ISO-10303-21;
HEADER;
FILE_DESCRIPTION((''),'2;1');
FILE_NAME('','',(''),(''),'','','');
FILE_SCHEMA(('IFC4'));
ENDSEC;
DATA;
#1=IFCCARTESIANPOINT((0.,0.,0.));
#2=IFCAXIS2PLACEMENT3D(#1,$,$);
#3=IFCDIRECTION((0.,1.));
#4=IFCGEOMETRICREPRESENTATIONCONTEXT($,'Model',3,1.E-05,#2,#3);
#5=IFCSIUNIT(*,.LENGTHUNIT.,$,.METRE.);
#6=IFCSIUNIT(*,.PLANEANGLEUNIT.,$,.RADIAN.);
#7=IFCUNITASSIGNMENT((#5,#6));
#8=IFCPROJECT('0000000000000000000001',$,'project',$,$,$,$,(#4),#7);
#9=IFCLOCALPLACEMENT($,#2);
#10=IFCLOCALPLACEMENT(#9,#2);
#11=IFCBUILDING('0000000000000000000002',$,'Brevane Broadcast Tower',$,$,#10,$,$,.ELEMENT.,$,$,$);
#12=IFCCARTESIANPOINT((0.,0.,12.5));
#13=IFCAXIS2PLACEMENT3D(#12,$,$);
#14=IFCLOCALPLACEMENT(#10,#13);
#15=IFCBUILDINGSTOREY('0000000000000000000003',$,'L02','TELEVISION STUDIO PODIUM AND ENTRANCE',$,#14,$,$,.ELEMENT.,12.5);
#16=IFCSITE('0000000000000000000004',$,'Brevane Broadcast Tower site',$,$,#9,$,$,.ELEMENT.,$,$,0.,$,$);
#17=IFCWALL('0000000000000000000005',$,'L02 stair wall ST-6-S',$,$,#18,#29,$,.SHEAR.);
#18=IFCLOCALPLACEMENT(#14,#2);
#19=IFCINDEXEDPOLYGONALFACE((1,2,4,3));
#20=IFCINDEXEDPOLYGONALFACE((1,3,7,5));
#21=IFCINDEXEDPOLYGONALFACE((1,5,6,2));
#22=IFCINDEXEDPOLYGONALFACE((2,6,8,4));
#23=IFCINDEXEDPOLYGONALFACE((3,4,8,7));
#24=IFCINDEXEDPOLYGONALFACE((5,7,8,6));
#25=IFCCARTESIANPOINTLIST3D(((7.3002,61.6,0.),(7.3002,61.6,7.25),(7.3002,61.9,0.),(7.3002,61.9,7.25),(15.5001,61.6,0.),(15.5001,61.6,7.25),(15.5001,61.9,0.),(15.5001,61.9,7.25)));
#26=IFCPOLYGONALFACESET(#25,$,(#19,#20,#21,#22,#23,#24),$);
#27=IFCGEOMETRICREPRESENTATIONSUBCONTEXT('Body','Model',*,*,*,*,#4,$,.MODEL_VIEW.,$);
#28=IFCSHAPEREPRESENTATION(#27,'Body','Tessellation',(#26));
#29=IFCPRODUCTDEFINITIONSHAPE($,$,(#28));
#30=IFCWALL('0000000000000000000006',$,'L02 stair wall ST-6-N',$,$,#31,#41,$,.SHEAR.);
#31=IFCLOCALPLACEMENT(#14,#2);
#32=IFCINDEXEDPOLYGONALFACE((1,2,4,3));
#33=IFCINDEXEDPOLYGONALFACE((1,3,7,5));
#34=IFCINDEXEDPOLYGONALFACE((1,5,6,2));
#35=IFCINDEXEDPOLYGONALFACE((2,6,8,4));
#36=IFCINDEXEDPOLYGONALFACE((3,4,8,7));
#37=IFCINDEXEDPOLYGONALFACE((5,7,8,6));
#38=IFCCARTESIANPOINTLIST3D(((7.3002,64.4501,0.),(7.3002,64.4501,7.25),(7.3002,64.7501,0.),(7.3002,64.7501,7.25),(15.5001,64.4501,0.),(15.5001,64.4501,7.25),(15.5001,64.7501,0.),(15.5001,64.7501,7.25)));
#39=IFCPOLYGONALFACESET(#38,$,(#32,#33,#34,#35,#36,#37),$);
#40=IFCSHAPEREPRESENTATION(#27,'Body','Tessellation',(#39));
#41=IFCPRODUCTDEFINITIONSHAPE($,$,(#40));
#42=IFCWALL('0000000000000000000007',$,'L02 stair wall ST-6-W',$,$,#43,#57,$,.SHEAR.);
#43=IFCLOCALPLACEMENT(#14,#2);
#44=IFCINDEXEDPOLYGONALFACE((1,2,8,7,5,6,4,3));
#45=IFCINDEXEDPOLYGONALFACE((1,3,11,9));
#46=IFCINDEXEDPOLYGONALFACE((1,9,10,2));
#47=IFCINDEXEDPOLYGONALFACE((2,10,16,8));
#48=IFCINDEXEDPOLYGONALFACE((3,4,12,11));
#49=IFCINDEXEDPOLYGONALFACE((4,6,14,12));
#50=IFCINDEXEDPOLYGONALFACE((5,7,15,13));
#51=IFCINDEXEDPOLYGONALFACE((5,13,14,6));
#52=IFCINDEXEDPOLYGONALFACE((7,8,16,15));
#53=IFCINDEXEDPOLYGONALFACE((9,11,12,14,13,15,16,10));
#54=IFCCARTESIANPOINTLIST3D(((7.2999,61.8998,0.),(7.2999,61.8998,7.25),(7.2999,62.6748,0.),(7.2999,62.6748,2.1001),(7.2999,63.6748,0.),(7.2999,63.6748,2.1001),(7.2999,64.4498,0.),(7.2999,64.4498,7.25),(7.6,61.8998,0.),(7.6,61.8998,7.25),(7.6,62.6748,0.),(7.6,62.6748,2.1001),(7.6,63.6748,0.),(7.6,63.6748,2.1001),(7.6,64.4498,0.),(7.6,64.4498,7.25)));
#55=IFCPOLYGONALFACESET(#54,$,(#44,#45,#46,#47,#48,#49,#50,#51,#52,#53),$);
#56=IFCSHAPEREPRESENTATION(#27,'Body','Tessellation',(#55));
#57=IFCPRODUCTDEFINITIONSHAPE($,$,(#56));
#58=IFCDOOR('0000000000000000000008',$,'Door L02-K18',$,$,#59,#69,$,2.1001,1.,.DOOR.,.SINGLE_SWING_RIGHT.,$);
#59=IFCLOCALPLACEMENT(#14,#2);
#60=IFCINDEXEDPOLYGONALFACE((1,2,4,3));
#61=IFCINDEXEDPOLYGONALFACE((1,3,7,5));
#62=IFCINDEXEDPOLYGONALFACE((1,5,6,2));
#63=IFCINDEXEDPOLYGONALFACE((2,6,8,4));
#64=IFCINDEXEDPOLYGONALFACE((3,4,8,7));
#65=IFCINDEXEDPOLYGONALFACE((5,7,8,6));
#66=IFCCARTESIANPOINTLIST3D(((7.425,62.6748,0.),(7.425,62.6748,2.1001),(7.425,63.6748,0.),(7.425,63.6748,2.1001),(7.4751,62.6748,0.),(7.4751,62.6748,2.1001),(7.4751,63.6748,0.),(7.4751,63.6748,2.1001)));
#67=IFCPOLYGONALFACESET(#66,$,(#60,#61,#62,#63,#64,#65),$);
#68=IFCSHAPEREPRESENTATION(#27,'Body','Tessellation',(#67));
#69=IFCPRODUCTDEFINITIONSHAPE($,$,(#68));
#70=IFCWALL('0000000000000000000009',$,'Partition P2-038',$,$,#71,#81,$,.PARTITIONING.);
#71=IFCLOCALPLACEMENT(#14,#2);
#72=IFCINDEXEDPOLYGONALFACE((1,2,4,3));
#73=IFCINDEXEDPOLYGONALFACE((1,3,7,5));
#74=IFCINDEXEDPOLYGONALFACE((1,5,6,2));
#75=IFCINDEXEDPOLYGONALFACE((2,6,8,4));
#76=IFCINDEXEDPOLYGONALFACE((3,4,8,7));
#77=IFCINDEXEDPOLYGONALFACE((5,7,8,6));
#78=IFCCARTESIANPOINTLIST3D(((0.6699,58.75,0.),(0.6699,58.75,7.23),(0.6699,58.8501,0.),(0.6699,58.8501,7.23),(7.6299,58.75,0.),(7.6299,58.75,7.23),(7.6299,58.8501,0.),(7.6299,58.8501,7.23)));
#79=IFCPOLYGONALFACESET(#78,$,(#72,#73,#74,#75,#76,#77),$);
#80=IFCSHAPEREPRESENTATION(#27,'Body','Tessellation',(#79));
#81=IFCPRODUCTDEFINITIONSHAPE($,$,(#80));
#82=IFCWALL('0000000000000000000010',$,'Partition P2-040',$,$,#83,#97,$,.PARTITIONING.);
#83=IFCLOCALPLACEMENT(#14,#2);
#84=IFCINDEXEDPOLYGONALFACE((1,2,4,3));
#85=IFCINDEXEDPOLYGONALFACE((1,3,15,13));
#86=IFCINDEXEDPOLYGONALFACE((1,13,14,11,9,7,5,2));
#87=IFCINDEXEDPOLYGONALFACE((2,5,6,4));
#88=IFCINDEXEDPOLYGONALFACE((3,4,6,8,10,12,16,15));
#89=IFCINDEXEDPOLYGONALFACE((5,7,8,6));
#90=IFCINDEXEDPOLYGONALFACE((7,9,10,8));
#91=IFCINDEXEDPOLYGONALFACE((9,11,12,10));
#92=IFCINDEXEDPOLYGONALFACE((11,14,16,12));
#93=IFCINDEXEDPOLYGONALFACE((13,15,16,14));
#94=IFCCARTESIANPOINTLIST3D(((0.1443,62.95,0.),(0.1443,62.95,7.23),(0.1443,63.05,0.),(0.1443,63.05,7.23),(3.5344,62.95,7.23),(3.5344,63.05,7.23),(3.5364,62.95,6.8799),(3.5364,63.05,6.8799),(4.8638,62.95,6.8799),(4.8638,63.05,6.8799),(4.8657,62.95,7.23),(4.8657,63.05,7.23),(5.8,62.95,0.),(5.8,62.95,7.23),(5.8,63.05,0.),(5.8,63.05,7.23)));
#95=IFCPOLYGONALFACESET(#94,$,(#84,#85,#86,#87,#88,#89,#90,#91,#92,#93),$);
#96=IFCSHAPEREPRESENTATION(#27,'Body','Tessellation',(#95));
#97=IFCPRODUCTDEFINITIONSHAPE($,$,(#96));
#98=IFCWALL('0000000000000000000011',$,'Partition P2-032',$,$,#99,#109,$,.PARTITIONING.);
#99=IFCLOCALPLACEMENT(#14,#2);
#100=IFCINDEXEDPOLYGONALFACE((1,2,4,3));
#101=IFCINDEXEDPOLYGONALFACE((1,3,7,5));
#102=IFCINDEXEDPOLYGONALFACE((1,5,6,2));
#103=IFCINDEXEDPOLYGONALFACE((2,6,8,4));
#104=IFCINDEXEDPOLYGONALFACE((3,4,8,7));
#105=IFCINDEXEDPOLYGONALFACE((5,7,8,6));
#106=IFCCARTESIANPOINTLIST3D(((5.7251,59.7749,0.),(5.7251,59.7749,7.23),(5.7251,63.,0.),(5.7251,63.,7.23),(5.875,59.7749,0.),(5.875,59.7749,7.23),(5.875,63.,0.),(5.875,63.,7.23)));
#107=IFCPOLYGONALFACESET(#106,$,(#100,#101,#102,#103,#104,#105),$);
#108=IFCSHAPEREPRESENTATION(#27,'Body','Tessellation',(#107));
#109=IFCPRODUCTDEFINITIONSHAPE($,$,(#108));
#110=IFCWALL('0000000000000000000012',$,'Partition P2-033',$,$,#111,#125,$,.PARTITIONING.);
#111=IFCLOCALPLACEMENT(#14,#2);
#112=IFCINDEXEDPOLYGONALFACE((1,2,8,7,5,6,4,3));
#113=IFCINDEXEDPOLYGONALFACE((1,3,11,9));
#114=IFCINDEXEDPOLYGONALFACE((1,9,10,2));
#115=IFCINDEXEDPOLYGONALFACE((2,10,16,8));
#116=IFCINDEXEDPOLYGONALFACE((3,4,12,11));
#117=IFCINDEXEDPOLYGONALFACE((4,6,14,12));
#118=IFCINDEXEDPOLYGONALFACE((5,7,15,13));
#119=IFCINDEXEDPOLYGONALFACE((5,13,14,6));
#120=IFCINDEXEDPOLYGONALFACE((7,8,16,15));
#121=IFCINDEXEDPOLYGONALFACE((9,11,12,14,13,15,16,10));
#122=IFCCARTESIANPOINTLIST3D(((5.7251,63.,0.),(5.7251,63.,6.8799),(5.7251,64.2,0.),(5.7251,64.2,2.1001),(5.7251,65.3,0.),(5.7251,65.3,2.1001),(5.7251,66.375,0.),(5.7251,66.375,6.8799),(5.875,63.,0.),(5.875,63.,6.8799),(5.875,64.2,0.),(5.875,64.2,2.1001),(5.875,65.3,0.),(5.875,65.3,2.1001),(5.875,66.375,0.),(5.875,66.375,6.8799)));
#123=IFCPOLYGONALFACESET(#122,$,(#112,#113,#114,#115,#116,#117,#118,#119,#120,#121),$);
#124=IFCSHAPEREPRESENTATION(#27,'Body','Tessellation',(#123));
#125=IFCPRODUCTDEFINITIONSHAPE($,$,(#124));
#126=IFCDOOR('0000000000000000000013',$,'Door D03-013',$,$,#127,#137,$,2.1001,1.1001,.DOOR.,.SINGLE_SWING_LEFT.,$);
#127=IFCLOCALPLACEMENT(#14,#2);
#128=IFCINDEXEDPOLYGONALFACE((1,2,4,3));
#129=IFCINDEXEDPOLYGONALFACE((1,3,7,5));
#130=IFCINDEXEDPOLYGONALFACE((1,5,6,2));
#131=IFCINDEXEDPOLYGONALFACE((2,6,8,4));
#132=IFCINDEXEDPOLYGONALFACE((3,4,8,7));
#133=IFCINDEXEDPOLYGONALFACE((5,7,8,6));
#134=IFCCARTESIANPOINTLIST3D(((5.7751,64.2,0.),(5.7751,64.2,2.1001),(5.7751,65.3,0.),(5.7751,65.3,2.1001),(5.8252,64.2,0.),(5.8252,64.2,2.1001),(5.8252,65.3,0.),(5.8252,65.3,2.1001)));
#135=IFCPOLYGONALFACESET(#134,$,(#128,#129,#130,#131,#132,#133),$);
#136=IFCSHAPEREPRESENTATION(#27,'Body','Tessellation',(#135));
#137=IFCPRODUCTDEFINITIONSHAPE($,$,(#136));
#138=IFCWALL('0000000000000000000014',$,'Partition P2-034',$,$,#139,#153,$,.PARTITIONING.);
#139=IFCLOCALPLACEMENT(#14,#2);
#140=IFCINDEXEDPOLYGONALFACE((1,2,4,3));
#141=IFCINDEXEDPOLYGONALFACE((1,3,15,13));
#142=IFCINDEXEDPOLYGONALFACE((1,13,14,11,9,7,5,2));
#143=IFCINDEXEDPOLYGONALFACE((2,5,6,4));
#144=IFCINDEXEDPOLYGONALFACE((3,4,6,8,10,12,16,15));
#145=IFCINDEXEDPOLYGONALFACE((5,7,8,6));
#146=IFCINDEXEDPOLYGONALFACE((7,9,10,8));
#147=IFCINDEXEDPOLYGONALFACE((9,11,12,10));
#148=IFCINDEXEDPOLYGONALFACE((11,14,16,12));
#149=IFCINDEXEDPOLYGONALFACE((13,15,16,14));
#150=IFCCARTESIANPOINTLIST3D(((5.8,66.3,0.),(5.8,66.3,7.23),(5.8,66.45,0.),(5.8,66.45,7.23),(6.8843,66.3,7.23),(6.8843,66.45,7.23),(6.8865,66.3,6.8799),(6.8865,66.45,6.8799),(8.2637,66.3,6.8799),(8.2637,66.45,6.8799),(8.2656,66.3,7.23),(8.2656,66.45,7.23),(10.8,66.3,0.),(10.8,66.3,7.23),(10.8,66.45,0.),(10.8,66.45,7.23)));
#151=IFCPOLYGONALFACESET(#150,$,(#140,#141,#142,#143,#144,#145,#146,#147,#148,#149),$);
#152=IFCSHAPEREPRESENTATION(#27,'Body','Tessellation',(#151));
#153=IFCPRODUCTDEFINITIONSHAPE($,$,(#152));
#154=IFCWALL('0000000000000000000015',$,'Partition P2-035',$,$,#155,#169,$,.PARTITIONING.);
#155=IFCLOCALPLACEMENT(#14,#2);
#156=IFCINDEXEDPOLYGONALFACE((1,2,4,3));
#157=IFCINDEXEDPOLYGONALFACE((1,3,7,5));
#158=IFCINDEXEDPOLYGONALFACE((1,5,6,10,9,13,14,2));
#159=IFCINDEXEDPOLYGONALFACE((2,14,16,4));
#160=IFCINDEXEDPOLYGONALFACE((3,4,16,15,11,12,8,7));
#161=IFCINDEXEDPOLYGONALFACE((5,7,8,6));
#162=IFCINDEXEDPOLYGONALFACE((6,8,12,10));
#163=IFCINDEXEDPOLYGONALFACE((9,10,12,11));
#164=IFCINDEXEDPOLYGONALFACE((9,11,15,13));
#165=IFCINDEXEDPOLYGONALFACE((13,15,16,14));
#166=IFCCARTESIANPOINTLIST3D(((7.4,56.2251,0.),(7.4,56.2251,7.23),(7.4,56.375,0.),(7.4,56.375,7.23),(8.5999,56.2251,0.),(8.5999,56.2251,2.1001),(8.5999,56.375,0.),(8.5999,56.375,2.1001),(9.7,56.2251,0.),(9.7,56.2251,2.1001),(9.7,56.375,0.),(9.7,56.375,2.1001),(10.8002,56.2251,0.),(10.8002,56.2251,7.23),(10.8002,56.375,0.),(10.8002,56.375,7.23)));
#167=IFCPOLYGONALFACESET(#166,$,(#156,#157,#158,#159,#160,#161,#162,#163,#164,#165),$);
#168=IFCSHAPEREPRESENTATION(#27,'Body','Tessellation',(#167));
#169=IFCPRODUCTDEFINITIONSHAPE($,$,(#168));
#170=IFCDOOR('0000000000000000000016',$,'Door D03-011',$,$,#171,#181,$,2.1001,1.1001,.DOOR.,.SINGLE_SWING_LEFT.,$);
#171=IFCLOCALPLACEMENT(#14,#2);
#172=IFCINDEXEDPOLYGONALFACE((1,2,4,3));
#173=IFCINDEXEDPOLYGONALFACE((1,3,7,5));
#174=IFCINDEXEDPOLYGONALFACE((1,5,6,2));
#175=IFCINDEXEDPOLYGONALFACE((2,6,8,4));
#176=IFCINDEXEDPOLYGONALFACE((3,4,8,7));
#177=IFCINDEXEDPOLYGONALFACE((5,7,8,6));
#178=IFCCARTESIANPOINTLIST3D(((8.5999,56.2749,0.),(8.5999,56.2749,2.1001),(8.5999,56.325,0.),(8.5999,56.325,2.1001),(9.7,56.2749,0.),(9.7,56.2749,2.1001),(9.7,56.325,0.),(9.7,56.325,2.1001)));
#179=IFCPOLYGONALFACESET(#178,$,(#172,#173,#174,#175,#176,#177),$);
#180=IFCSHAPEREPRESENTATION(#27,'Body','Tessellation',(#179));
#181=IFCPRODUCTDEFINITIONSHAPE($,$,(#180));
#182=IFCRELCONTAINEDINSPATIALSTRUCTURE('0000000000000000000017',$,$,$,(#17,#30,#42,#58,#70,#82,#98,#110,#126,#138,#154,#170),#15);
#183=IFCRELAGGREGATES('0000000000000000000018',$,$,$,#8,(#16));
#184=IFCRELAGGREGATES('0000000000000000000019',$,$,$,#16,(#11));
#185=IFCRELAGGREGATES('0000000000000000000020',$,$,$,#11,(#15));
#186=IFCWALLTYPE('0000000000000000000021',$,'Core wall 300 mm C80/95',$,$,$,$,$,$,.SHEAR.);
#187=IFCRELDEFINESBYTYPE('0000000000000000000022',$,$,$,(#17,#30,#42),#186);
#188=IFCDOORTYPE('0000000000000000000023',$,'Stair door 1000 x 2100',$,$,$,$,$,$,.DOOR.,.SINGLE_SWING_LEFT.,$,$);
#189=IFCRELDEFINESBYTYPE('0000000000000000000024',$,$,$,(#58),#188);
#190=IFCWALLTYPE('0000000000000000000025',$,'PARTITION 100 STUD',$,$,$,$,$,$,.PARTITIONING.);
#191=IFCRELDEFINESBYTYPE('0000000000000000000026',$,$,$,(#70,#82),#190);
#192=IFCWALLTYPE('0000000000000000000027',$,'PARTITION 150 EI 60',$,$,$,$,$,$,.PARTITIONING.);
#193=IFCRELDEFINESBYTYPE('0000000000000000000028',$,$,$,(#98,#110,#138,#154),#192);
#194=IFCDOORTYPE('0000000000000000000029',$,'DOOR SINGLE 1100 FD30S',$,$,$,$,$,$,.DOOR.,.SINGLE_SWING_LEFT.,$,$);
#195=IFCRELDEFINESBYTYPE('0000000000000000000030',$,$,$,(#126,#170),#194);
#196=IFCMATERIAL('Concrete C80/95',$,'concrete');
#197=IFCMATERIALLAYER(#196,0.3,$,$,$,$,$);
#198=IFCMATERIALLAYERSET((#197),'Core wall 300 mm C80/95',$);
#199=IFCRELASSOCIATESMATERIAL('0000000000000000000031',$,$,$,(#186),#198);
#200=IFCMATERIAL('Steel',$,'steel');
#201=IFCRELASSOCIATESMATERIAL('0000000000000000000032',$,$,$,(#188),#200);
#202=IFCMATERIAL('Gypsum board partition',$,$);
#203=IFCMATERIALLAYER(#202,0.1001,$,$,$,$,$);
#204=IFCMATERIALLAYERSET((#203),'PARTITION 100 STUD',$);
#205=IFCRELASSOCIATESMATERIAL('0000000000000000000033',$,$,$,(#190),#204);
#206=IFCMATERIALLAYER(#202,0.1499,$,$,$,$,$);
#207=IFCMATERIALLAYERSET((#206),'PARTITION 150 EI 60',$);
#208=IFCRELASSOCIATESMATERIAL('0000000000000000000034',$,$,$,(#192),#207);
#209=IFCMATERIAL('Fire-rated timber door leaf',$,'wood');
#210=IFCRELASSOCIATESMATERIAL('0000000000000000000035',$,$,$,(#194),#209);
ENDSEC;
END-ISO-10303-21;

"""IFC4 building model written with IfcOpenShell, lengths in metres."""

from ifc_helpers import new_model, si_unit, direction, frame, frame_2d, origin, place, context, subcontext, project, spatial, polyline, rectangle, outline, extrude, material, layer, layer_set, type_object, element, fill, save


model = new_model("IFC4")

# Units and contexts
model_context = context("Model", 3, precision=1e-05, world=origin(), true_north=direction((0.0, 1.0)))
body_context = subcontext(model_context, "Body", "Model", "MODEL_VIEW")
ifc_project = project(units=[si_unit("LENGTHUNIT", "METRE"), si_unit("PLANEANGLEUNIT", "RADIAN")], contexts=[model_context])

# Site, building, storey
site_placement = place(None, origin())
site = spatial("IfcSite", under=ifc_project, at=site_placement, Name="Brevane Broadcast Tower site", CompositionType="ELEMENT", RefElevation=0.0)
building_placement = place(site_placement, origin())
building = spatial("IfcBuilding", under=site, at=building_placement, Name="Brevane Broadcast Tower", CompositionType="ELEMENT")
storey_placement = place(building_placement, frame((0.0, 0.0, 12.5)))
storey = spatial("IfcBuildingStorey", under=building, at=storey_placement, Name="L02", Description="TELEVISION STUDIO PODIUM AND ENTRANCE", CompositionType="ELEMENT", Elevation=12.5)

# Shared definitions
ifc_material_1 = material(Name="Concrete C80/95", Category="concrete")

# Walls
ifc_layer_1 = layer(ifc_material_1, 0.3)
ifc_layer_set_1 = layer_set([ifc_layer_1], Name="Core wall 300 mm C80/95")
wall_type_1 = type_object("IfcWallType", Name="Core wall 300 mm C80/95", PredefinedType="SHEAR", material=ifc_layer_set_1)
for number, where, z_axis, x_axis, name in (
    (1, (7.3, 61.75, 0.0), (0.0, 0.0, 1.0), (1.0, 0.0, 0.0), "L02 stair wall ST-6-S"),
    (2, (7.3, 64.6001, 0.0), (0.0, 0.0, 1.0), (1.0, 0.0, 0.0), "L02 stair wall ST-6-N"),
):
    element("IfcWall", number, at=place(storey_placement, frame(where, z_axis=z_axis, x_axis=x_axis)), inside=storey, type_object=wall_type_1, Name=name, PredefinedType="SHEAR", context=body_context, shape_type="SweptSolid", body=[
        extrude(rectangle(XDim=8.2, YDim=0.3, at=frame_2d((4.1001, 0.0))), origin(), (0.0, 0.0, 1.0), 7.25),
    ])

# Wall, opening, door
wall_1_placement = place(storey_placement, frame((7.45, 61.8999, 0.0), z_axis=(0.0, 0.0, 1.0), x_axis=(0.0, 1.0, 0.0)))
wall_1 = element("IfcWall", 3, at=wall_1_placement, inside=storey, type_object=wall_type_1, Name="L02 stair wall ST-6-W", PredefinedType="SHEAR", context=body_context, shape_type="SweptSolid", body=[
    extrude(rectangle(XDim=2.55, YDim=0.3, at=frame_2d((1.2749, 0.0))), origin(), (0.0, 0.0, 1.0), 7.25),
])
opening_1_placement = place(wall_1_placement, frame((0.7749, 0.0, 0.0)))
opening_1 = element("IfcOpeningElement", 4, at=opening_1_placement, cuts=wall_1, PredefinedType="OPENING", context=body_context, shape_type="SweptSolid", body=[
    extrude(rectangle(XDim=1.0, YDim=2.1001, at=frame_2d((0.5, 1.05))), frame((0.0, 0.1599, 0.0), z_axis=(0.0, -1.0, 0.0), x_axis=(1.0, 0.0, 0.0)), (0.0, 0.0, 1.0), 0.3201),
])
ifc_material_2 = material(Name="Steel", Category="steel")
door_type_1 = type_object("IfcDoorType", Name="Stair door 1000 x 2100", OperationType="SINGLE_SWING_LEFT", PredefinedType="DOOR", material=ifc_material_2)
door_1_placement = place(opening_1_placement, origin())
door_1 = element("IfcDoor", 5, at=door_1_placement, inside=storey, type_object=door_type_1, Name="Door L02-K18", OperationType="SINGLE_SWING_RIGHT", OverallHeight=2.1001, OverallWidth=1.0, PredefinedType="DOOR", context=body_context, shape_type="SweptSolid", body=[
    extrude(rectangle(XDim=1.0, YDim=2.1001, at=frame_2d((0.5, 1.05))), frame((0.0, 0.0249, 0.0), z_axis=(0.0, -1.0, 0.0), x_axis=(1.0, 0.0, 0.0)), (0.0, 0.0, 1.0), 0.05),
])
fill(opening_1, door_1)

# Walls
ifc_material_3 = material(Name="Gypsum board partition")
ifc_layer_2 = layer(ifc_material_3, 0.1001)
ifc_layer_set_2 = layer_set([ifc_layer_2], Name="PARTITION 100 STUD")
wall_type_2 = type_object("IfcWallType", Name="PARTITION 100 STUD", PredefinedType="PARTITIONING", material=ifc_layer_set_2)
wall_2_placement = place(storey_placement, frame((0.6699, 58.8, 0.0), z_axis=(0.0, 0.0, 1.0), x_axis=(1.0, 0.0, 0.0)))
element("IfcWall", 6, at=wall_2_placement, inside=storey, type_object=wall_type_2, Name="Partition P2-038", PredefinedType="PARTITIONING", context=body_context, shape_type="SweptSolid", body=[
    extrude(rectangle(XDim=6.96, YDim=0.1001, at=frame_2d((3.48, 0.0))), origin(), (0.0, 0.0, 1.0), 7.23),
])
wall_3_placement = place(storey_placement, frame((0.1443, 63.0, 0.0), z_axis=(0.0, 0.0, 1.0), x_axis=(1.0, 0.0, 0.0)))
element("IfcWall", 7, at=wall_3_placement, inside=storey, type_object=wall_type_2, Name="Partition P2-040", PredefinedType="PARTITIONING", context=body_context, shape_type="SweptSolid", body=[
    extrude(outline(polyline([(0.0, 0.0), (5.6558, 0.0), (5.6558, 7.23), (4.7214, 7.23), (4.7195, 6.8799), (3.3921, 6.8799), (3.3901, 7.23), (0.0, 7.23), (0.0, 0.0)])), frame((0.0, 0.05, 0.0), z_axis=(0.0, -1.0, 0.0), x_axis=(1.0, 0.0, 0.0)), (0.0, 0.0, 1.0), 0.1001),
])
ifc_layer_3 = layer(ifc_material_3, 0.1499)
ifc_layer_set_3 = layer_set([ifc_layer_3], Name="PARTITION 150 EI 60")
wall_type_3 = type_object("IfcWallType", Name="PARTITION 150 EI 60", PredefinedType="PARTITIONING", material=ifc_layer_set_3)
wall_4_placement = place(storey_placement, frame((5.8, 59.7749, 0.0), z_axis=(0.0, 0.0, 1.0), x_axis=(0.0, 1.0, 0.0)))
element("IfcWall", 8, at=wall_4_placement, inside=storey, type_object=wall_type_3, Name="Partition P2-032", PredefinedType="PARTITIONING", context=body_context, shape_type="SweptSolid", body=[
    extrude(rectangle(XDim=3.2251, YDim=0.1499, at=frame_2d((1.6125, 0.0))), origin(), (0.0, 0.0, 1.0), 7.23),
])

# Wall, opening, door
wall_5_placement = place(storey_placement, frame((5.8, 63.0, 0.0), z_axis=(0.0, 0.0, 1.0), x_axis=(0.0, 1.0, 0.0)))
wall_5 = element("IfcWall", 9, at=wall_5_placement, inside=storey, type_object=wall_type_3, Name="Partition P2-033", PredefinedType="PARTITIONING", context=body_context, shape_type="SweptSolid", body=[
    extrude(rectangle(XDim=3.375, YDim=0.1499, at=frame_2d((1.6875, 0.0))), origin(), (0.0, 0.0, 1.0), 6.8799),
])
opening_2_placement = place(wall_5_placement, frame((1.2, 0.0, 0.0)))
opening_2 = element("IfcOpeningElement", 10, at=opening_2_placement, cuts=wall_5, PredefinedType="OPENING", context=body_context, shape_type="SweptSolid", body=[
    extrude(rectangle(XDim=1.1001, YDim=2.1001, at=frame_2d((0.55, 1.05))), frame((0.0, 0.085, 0.0), z_axis=(0.0, -1.0, 0.0), x_axis=(1.0, 0.0, 0.0)), (0.0, 0.0, 1.0), 0.1699),
])
ifc_material_4 = material(Name="Fire-rated timber door leaf", Category="wood")
door_type_2 = type_object("IfcDoorType", Name="DOOR SINGLE 1100 FD30S", OperationType="SINGLE_SWING_LEFT", PredefinedType="DOOR", material=ifc_material_4)
door_2_placement = place(opening_2_placement, origin())
door_2 = element("IfcDoor", 11, at=door_2_placement, inside=storey, type_object=door_type_2, Name="Door D03-013", OperationType="SINGLE_SWING_LEFT", OverallHeight=2.1001, OverallWidth=1.1001, PredefinedType="DOOR", context=body_context, shape_type="SweptSolid", body=[
    extrude(rectangle(XDim=1.1001, YDim=2.1001, at=frame_2d((0.55, 1.05))), frame((0.0, 0.0249, 0.0), z_axis=(0.0, -1.0, 0.0), x_axis=(1.0, 0.0, 0.0)), (0.0, 0.0, 1.0), 0.05),
])
fill(opening_2, door_2)

# Wall
wall_6_placement = place(storey_placement, frame((5.8, 66.375, 0.0), z_axis=(0.0, 0.0, 1.0), x_axis=(1.0, 0.0, 0.0)))
element("IfcWall", 12, at=wall_6_placement, inside=storey, type_object=wall_type_3, Name="Partition P2-034", PredefinedType="PARTITIONING", context=body_context, shape_type="SweptSolid", body=[
    extrude(outline(polyline([(0.0, 0.0), (5.0, 0.0), (5.0, 7.23), (2.4656, 7.23), (2.4636, 6.8799), (1.0864, 6.8799), (1.0842, 7.23), (0.0, 7.23), (0.0, 0.0)])), frame((0.0, 0.075, 0.0), z_axis=(0.0, -1.0, 0.0), x_axis=(1.0, 0.0, 0.0)), (0.0, 0.0, 1.0), 0.1499),
])

# Wall, opening, door
wall_7_placement = place(storey_placement, frame((7.3999, 56.3, 0.0), z_axis=(0.0, 0.0, 1.0), x_axis=(1.0, 0.0, 0.0)))
wall_7 = element("IfcWall", 13, at=wall_7_placement, inside=storey, type_object=wall_type_3, Name="Partition P2-035", PredefinedType="PARTITIONING", context=body_context, shape_type="SweptSolid", body=[
    extrude(rectangle(XDim=3.4001, YDim=0.1499, at=frame_2d((1.7002, 0.0))), origin(), (0.0, 0.0, 1.0), 7.23),
])
opening_3_placement = place(wall_7_placement, frame((1.2, 0.0, 0.0)))
opening_3 = element("IfcOpeningElement", 14, at=opening_3_placement, cuts=wall_7, PredefinedType="OPENING", context=body_context, shape_type="SweptSolid", body=[
    extrude(rectangle(XDim=1.1001, YDim=2.1001, at=frame_2d((0.55, 1.05))), frame((0.0, 0.085, 0.0), z_axis=(0.0, -1.0, 0.0), x_axis=(1.0, 0.0, 0.0)), (0.0, 0.0, 1.0), 0.1699),
])
door_3_placement = place(opening_3_placement, origin())
door_3 = element("IfcDoor", 15, at=door_3_placement, inside=storey, type_object=door_type_2, Name="Door D03-011", OperationType="SINGLE_SWING_LEFT", OverallHeight=2.1001, OverallWidth=1.1001, PredefinedType="DOOR", context=body_context, shape_type="SweptSolid", body=[
    extrude(rectangle(XDim=1.1001, YDim=2.1001, at=frame_2d((0.55, 1.05))), frame((0.0, 0.0249, 0.0), z_axis=(0.0, -1.0, 0.0), x_axis=(1.0, 0.0, 0.0)), (0.0, 0.0, 1.0), 0.05),
])
fill(opening_3, door_3)

save(model, "model.ifc")
